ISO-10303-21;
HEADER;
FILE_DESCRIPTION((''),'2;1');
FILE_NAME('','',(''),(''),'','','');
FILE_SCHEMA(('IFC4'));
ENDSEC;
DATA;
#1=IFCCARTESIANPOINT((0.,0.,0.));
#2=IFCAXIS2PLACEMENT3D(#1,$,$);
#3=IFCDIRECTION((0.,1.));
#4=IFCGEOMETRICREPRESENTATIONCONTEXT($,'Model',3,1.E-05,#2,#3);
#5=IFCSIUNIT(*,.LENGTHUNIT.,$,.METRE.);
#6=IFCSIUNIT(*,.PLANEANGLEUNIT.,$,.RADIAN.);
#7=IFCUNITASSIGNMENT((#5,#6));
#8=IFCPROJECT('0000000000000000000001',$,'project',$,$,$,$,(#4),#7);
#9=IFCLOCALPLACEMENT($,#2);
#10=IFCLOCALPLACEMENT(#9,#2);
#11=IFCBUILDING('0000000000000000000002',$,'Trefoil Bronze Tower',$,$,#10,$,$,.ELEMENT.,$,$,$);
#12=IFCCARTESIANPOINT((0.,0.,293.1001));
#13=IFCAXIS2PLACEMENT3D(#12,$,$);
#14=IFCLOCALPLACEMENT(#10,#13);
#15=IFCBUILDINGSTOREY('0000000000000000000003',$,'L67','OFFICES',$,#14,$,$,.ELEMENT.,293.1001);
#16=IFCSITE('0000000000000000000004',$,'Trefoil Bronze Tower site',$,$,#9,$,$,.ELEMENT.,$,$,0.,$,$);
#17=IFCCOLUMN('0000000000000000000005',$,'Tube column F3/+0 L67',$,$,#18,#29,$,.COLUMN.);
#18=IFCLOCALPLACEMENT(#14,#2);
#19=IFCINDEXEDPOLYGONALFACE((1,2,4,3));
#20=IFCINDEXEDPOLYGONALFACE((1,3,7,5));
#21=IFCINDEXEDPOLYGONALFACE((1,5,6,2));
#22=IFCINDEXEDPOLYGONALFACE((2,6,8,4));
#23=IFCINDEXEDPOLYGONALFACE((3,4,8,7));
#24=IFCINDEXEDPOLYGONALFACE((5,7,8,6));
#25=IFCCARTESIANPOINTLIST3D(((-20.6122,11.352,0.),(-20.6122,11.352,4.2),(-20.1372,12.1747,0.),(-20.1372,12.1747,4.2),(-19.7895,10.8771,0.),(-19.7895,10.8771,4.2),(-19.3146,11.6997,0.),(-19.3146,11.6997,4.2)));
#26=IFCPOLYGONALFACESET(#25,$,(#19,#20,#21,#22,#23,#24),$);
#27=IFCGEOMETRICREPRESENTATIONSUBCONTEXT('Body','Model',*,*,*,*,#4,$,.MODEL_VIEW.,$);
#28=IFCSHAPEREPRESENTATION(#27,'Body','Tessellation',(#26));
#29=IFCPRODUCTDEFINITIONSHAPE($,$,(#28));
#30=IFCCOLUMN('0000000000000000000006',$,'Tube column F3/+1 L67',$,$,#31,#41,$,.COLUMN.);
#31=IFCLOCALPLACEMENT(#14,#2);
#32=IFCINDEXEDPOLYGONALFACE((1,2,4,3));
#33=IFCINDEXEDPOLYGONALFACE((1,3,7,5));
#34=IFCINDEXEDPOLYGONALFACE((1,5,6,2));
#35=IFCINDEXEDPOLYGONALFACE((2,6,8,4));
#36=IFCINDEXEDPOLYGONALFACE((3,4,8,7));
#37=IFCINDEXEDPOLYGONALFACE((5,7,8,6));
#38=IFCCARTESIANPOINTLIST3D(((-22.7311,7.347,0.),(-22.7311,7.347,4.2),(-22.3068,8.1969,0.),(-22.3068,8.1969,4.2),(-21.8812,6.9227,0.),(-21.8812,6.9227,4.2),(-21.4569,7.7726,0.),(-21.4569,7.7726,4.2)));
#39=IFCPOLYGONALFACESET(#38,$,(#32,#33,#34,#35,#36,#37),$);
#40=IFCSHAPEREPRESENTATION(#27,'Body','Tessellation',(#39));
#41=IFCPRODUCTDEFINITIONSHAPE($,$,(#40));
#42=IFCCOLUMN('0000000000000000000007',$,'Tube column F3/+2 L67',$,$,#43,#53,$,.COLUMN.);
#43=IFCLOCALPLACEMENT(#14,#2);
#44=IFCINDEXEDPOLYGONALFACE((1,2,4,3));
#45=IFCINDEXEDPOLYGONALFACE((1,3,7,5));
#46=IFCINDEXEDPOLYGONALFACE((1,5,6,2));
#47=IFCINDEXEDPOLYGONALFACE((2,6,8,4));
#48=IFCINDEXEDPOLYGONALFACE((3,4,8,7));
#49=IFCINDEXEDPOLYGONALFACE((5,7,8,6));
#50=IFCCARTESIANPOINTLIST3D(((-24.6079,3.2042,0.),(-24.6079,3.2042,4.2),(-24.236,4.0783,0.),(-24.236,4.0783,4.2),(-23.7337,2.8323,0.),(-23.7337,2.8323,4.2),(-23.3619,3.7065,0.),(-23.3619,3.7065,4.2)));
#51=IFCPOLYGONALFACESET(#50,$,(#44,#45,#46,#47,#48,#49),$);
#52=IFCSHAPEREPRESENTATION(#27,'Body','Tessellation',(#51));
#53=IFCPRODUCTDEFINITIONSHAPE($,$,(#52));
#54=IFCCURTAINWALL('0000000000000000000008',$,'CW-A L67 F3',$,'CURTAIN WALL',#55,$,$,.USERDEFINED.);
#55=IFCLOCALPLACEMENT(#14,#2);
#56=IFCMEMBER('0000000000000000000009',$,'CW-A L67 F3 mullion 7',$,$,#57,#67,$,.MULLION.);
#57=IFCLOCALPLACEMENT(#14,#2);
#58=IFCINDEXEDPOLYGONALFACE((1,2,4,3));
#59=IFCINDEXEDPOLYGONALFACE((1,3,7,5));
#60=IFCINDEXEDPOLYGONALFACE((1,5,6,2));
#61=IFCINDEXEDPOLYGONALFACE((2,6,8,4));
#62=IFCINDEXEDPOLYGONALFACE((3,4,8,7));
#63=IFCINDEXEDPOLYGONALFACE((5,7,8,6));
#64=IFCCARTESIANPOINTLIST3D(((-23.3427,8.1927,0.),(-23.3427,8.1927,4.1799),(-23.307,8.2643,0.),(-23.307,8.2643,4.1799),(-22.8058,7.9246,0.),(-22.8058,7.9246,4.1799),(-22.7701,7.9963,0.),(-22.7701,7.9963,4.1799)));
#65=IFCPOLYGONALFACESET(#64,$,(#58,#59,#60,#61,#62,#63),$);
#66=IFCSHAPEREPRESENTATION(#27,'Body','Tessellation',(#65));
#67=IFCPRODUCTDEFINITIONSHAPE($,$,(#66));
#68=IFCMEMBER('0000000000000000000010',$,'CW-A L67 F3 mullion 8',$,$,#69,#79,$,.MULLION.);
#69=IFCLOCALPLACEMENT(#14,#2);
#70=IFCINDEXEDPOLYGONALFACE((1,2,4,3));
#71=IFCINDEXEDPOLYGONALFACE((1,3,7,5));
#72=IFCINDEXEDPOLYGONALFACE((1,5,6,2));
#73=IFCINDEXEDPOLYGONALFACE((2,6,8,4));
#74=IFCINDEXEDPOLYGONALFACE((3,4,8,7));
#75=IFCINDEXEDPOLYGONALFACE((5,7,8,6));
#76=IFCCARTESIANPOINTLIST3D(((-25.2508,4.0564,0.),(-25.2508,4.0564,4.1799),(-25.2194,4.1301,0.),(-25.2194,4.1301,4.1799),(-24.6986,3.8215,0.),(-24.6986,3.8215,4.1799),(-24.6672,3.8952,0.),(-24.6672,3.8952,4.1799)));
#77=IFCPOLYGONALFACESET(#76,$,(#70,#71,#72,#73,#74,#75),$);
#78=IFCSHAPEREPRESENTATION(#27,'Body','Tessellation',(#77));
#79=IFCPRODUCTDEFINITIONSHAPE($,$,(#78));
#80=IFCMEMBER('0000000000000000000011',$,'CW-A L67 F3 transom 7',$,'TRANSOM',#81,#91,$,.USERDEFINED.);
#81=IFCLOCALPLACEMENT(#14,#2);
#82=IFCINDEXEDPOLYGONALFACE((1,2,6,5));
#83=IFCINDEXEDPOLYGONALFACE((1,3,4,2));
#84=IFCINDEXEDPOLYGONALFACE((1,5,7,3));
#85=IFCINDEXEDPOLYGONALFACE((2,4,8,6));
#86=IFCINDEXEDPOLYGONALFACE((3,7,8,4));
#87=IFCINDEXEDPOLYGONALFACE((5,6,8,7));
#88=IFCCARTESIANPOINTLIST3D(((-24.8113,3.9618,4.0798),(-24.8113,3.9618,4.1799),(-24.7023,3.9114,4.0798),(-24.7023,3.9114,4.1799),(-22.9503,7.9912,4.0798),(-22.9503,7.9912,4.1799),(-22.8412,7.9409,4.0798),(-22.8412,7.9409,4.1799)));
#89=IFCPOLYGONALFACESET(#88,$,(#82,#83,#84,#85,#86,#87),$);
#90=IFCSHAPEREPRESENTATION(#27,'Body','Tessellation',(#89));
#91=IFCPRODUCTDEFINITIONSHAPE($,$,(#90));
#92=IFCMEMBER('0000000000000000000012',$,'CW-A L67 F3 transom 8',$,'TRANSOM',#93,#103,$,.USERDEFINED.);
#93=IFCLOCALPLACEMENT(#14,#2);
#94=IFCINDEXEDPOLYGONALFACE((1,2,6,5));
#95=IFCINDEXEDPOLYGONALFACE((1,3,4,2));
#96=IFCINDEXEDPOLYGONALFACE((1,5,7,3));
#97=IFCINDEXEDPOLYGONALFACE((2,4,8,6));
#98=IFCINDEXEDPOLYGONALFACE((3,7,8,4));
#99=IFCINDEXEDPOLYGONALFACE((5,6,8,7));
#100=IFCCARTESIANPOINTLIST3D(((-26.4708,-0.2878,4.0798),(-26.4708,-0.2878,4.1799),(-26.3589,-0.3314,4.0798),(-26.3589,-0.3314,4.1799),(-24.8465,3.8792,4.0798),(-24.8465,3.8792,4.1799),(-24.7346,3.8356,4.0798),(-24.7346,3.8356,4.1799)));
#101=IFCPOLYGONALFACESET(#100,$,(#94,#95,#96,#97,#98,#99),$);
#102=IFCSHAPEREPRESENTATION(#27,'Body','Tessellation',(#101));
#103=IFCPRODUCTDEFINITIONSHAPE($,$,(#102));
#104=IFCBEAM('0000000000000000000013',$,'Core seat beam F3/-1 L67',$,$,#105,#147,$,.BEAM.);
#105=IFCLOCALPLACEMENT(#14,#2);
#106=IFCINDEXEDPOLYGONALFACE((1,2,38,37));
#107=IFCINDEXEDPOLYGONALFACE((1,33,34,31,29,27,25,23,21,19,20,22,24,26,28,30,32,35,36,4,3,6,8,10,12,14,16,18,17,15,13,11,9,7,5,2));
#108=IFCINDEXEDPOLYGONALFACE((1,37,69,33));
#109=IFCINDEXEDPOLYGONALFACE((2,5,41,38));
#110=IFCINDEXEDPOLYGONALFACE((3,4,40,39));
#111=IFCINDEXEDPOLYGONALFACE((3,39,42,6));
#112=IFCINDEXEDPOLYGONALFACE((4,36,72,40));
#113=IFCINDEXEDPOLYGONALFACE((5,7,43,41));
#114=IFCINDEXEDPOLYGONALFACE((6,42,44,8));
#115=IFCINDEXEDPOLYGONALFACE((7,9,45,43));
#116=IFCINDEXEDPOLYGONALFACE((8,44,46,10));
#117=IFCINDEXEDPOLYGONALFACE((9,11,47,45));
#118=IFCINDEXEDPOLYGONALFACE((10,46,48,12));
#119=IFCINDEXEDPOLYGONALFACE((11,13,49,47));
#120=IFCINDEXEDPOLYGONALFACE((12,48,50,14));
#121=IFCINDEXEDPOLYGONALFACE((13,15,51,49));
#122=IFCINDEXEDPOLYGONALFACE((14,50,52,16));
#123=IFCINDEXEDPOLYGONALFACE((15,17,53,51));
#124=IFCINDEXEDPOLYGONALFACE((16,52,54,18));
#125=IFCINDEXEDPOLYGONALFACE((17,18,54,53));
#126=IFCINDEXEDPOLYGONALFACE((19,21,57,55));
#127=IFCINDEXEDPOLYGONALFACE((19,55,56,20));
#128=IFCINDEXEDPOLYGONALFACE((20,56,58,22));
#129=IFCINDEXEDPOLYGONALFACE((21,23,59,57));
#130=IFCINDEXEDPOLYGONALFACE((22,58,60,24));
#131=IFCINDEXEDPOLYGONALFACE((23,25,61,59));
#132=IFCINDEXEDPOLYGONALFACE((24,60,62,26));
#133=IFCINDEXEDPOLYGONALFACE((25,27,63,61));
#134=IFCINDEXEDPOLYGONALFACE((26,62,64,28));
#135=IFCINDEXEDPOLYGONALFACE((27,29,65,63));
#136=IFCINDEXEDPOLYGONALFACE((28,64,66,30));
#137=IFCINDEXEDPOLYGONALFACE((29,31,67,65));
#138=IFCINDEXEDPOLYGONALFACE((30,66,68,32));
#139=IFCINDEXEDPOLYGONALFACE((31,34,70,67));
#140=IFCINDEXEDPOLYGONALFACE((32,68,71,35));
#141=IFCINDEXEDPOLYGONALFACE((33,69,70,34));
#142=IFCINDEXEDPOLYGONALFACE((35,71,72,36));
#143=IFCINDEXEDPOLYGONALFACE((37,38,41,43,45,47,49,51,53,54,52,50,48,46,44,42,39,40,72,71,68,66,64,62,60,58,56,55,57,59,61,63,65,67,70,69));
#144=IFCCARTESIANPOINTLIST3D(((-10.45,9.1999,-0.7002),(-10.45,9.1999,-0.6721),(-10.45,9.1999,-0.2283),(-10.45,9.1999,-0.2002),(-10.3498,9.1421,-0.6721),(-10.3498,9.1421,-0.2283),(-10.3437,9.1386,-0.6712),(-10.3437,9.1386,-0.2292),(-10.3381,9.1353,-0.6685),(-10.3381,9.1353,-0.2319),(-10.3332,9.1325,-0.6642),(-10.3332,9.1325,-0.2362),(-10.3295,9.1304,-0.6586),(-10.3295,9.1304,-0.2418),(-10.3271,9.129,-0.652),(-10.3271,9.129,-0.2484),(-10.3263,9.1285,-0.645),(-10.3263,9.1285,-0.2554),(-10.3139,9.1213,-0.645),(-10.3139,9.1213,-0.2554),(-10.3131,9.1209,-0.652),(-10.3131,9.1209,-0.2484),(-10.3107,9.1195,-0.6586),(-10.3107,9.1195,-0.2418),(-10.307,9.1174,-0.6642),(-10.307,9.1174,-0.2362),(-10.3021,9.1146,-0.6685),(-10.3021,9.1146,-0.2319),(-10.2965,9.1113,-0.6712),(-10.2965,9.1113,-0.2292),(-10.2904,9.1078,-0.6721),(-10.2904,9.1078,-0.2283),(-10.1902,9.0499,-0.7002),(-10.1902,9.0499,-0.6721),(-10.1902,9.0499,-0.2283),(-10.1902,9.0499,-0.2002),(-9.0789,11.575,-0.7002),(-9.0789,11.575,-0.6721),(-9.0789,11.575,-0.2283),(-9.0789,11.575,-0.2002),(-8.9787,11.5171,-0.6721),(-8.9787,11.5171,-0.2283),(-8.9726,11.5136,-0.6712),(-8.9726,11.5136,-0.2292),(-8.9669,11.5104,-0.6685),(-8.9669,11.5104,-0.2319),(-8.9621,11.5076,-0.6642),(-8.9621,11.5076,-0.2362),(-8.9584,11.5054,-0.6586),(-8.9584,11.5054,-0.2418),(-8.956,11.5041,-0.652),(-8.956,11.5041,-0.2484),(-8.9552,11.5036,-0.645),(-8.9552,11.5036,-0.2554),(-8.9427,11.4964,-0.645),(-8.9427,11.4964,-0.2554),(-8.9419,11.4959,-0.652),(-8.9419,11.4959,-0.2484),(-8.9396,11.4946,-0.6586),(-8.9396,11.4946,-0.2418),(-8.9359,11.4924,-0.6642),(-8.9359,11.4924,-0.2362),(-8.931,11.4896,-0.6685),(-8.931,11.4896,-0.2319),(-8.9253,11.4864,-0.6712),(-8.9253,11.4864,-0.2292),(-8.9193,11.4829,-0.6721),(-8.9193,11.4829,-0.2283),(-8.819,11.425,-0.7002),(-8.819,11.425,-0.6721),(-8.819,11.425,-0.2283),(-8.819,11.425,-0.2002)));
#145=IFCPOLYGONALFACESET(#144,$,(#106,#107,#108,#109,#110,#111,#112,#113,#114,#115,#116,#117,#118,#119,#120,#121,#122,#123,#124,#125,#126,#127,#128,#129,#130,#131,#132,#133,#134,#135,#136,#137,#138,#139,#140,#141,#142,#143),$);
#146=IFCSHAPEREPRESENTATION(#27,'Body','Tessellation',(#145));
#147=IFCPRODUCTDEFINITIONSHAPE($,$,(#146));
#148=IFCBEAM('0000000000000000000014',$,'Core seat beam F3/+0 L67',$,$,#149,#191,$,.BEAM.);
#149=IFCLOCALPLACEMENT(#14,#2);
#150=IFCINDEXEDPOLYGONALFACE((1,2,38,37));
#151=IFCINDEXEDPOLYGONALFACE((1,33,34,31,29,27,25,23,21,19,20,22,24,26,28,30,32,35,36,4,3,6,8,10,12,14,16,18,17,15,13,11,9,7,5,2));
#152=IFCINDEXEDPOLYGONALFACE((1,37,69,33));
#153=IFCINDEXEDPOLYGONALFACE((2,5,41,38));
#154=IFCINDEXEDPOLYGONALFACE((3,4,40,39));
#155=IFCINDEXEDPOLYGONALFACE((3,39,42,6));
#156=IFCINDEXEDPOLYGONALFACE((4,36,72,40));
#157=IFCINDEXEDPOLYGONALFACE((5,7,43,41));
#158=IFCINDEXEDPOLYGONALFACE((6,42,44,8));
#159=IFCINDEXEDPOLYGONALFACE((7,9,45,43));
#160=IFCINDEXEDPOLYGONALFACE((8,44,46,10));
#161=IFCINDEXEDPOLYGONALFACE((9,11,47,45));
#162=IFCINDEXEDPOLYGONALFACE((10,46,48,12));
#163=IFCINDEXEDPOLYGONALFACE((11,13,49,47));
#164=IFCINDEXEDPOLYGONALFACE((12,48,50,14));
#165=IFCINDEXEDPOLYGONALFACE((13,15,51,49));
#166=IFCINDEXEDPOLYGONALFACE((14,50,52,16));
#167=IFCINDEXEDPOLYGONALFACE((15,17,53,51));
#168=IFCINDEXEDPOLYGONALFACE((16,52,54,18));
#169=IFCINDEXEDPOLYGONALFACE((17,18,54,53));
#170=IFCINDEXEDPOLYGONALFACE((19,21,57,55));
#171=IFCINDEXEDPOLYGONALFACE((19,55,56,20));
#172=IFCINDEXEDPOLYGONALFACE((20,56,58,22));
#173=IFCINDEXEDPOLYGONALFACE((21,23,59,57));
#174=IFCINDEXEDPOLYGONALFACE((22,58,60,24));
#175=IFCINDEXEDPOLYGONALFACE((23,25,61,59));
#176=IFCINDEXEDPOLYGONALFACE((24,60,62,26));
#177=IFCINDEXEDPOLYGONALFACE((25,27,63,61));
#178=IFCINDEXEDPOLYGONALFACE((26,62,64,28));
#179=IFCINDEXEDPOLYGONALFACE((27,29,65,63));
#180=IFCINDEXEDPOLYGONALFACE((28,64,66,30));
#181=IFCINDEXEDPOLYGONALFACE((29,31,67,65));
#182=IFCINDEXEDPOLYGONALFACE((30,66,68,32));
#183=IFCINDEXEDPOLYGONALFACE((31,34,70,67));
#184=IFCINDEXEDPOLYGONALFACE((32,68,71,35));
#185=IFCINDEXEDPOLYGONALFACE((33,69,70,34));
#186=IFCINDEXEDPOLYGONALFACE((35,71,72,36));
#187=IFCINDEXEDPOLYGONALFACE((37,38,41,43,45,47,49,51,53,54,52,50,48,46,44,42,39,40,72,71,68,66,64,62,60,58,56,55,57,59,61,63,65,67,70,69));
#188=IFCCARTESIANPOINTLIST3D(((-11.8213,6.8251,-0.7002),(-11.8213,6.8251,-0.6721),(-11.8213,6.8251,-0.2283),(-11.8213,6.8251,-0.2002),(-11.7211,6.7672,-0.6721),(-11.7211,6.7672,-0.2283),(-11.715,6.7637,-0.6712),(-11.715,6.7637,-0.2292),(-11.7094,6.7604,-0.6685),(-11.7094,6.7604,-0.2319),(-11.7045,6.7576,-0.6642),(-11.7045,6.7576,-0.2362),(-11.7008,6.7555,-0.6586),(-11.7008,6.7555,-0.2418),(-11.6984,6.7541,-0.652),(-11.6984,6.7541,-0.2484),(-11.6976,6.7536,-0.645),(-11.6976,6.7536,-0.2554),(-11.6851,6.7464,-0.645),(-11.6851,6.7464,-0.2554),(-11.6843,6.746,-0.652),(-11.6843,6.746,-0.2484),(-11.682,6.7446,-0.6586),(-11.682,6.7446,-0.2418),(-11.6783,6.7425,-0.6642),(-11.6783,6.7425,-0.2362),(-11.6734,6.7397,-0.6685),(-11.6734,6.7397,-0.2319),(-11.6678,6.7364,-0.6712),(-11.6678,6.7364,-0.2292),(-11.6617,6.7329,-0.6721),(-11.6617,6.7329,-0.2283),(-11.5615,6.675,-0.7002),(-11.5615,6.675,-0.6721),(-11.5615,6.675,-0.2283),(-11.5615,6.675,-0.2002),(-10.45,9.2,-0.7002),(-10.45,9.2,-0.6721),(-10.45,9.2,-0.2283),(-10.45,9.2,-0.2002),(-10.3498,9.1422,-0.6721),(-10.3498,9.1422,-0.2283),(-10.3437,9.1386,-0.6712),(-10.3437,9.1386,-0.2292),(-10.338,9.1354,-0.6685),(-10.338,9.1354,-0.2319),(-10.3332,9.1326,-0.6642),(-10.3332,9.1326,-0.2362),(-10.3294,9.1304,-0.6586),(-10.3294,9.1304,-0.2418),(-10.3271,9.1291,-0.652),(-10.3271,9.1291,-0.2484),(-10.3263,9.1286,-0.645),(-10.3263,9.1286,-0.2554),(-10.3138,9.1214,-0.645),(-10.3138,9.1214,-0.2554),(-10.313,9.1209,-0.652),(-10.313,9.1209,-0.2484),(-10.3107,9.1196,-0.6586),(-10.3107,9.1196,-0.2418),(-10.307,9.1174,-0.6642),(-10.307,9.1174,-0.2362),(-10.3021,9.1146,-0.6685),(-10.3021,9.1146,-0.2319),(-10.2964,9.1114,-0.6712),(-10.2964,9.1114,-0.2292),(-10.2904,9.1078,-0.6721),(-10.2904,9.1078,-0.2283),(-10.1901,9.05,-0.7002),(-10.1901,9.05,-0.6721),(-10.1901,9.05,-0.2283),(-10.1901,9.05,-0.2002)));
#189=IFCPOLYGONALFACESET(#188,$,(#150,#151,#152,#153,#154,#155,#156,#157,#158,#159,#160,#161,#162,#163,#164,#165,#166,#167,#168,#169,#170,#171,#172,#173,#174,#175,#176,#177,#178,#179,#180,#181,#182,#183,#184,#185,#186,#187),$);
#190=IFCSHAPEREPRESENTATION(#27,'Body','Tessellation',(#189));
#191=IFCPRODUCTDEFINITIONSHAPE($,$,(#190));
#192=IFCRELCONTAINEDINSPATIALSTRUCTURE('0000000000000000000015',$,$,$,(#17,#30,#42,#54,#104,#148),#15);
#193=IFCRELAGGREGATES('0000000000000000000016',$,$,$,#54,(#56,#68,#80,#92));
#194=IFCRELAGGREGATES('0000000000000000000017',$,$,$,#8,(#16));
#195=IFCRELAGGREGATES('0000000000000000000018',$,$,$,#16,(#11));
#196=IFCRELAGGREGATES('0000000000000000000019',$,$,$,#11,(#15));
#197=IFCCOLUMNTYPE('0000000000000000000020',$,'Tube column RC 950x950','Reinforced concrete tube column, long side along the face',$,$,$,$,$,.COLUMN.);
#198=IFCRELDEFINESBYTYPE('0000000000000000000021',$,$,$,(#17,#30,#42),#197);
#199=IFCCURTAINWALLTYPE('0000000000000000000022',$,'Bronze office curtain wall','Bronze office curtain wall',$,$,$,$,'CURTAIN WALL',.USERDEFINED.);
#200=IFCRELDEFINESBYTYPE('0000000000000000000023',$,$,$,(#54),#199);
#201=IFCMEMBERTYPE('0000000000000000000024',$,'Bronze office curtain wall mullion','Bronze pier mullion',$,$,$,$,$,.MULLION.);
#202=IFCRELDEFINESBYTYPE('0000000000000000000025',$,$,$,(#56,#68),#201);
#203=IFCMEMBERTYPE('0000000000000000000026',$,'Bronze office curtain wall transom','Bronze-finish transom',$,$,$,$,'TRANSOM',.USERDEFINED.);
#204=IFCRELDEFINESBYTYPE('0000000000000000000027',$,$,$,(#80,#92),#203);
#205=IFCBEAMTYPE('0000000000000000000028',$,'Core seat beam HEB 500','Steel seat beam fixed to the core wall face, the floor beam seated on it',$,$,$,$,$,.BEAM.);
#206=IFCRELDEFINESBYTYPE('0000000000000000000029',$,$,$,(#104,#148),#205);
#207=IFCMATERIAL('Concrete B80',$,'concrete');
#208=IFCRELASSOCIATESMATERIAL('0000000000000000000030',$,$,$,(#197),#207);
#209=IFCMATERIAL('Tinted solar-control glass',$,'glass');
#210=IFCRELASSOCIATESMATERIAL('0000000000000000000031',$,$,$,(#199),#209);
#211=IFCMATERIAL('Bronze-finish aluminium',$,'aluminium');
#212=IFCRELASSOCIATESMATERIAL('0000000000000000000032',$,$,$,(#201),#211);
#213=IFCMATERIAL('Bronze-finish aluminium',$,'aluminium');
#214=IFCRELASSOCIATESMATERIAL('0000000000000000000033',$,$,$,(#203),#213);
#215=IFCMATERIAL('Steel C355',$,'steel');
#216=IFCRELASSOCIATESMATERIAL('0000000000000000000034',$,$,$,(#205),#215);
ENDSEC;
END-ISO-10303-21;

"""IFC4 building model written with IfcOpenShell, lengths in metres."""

from ifc_helpers import new_model, si_unit, direction, frame, origin, origin_2d, place, context, subcontext, project, spatial, rectangle, i_section, extrude, material, material_profile, profile_set, type_object, element, aggregate, save


model = new_model("IFC4")

# Units and contexts
model_context = context("Model", 3, precision=1e-05, world=origin(), true_north=direction((0.0, 1.0)))
body_context = subcontext(model_context, "Body", "Model", "MODEL_VIEW")
ifc_project = project(units=[si_unit("LENGTHUNIT", "METRE"), si_unit("PLANEANGLEUNIT", "RADIAN")], contexts=[model_context])

# Site, building, storey
site_placement = place(None, origin())
site = spatial("IfcSite", under=ifc_project, at=site_placement, Name="Trefoil Bronze Tower site", CompositionType="ELEMENT", RefElevation=0.0)
building_placement = place(site_placement, origin())
building = spatial("IfcBuilding", under=site, at=building_placement, Name="Trefoil Bronze Tower", CompositionType="ELEMENT")
storey_placement = place(building_placement, frame((0.0, 0.0, 293.1001)))
storey = spatial("IfcBuildingStorey", under=building, at=storey_placement, Name="L67", Description="OFFICES", CompositionType="ELEMENT", Elevation=293.1001)

# Columns
ifc_material_1 = material(Name="Concrete B80", Category="concrete")
ifc_material_profile_1 = material_profile(ifc_material_1, rectangle(XDim=0.95, YDim=0.95, at=origin_2d()), Name="RC 950x950")
ifc_profile_set_1 = profile_set([ifc_material_profile_1], Name="Concrete B80")
column_type = type_object("IfcColumnType", Name="Tube column RC 950x950", Description="Reinforced concrete tube column, long side along the face", PredefinedType="COLUMN", material=ifc_profile_set_1)
for number, where, z_axis, x_axis, name in (
    (1, (-19.9634, 11.5259, 0.0), (0.0, 0.0, 1.0), (-0.5, -0.866025, 0.0), "Tube column F3/+0 L67"),
    (2, (-22.094, 7.5598, 0.0), (0.0, 0.0, 1.0), (-0.446641, -0.894713, 0.0), "Tube column F3/+1 L67"),
    (3, (-23.9849, 3.4553, 0.0), (0.0, 0.0, 1.0), (-0.391436, -0.920205, 0.0), "Tube column F3/+2 L67"),
):
    element("IfcColumn", number, at=place(storey_placement, frame(where, z_axis=z_axis, x_axis=x_axis)), inside=storey, type_object=column_type, Name=name, PredefinedType="COLUMN", context=body_context, shape_type="SweptSolid", body=[
        extrude(rectangle(XDim=0.95, YDim=0.95, at=origin_2d()), origin(), (0.0, 0.0, 1.0), 4.2),
    ])

# Curtain wall, members
ifc_material_2 = material(Name="Tinted solar-control glass", Category="glass")
curtain_wall_type = type_object("IfcCurtainWallType", Name="Bronze office curtain wall", Description="Bronze office curtain wall", ElementType="CURTAIN WALL", PredefinedType="USERDEFINED", material=ifc_material_2)
curtain_wall_placement = place(storey_placement, origin())
curtain_wall = element("IfcCurtainWall", 4, at=curtain_wall_placement, inside=storey, type_object=curtain_wall_type, Name="CW-A L67 F3", ObjectType="CURTAIN WALL", PredefinedType="USERDEFINED")
ifc_material_3 = material(Name="Bronze-finish aluminium", Category="aluminium")
ifc_material_profile_2 = material_profile(ifc_material_3, rectangle(XDim=0.6001, YDim=0.0801, at=origin_2d()), Name="CW-A mullion")
ifc_profile_set_2 = profile_set([ifc_material_profile_2], Name="Bronze-finish aluminium")
member_type_1 = type_object("IfcMemberType", Name="Bronze office curtain wall mullion", Description="Bronze pier mullion", PredefinedType="MULLION", material=ifc_profile_set_2)
member_1_placement = place(storey_placement, frame((-23.0564, 8.0945, 0.0), z_axis=(0.0, 0.0, 1.0), x_axis=(0.894713, -0.446641, 0.0)))
member_1 = element("IfcMember", 5, at=member_1_placement, type_object=member_type_1, Name="CW-A L67 F3 mullion 7", PredefinedType="MULLION", context=body_context, shape_type="SweptSolid", body=[
    extrude(rectangle(XDim=0.6001, YDim=0.0801, at=origin_2d()), origin(), (0.0, 0.0, 1.0), 4.1799),
])
member_2_placement = place(storey_placement, frame((-24.959, 3.9758, 0.0), z_axis=(0.0, 0.0, 1.0), x_axis=(0.920205, -0.391436, 0.0)))
member_2 = element("IfcMember", 6, at=member_2_placement, type_object=member_type_1, Name="CW-A L67 F3 mullion 8", PredefinedType="MULLION", context=body_context, shape_type="SweptSolid", body=[
    extrude(rectangle(XDim=0.6001, YDim=0.0801, at=origin_2d()), origin(), (0.0, 0.0, 1.0), 4.1799),
])
ifc_material_4 = material(Name="Bronze-finish aluminium", Category="aluminium")
ifc_material_profile_3 = material_profile(ifc_material_4, rectangle(XDim=0.1201, YDim=0.1001, at=origin_2d()), Name="CW-A transom")
ifc_profile_set_3 = profile_set([ifc_material_profile_3], Name="Bronze-finish aluminium")
member_type_2 = type_object("IfcMemberType", Name="Bronze office curtain wall transom", Description="Bronze-finish transom", ElementType="TRANSOM", PredefinedType="USERDEFINED", material=ifc_profile_set_3)
member_3_placement = place(storey_placement, frame((-22.8958, 7.9661, 4.1299), z_axis=(-0.419299, -0.907848, 0.0), x_axis=(0.907848, -0.419299, 0.0)))
member_3 = element("IfcMember", 7, at=member_3_placement, type_object=member_type_2, Name="CW-A L67 F3 transom 7", ObjectType="TRANSOM", PredefinedType="USERDEFINED", context=body_context, shape_type="SweptSolid", body=[
    extrude(rectangle(XDim=0.1201, YDim=0.1001, at=origin_2d()), origin(), (0.0, 0.0, 1.0), 4.4385),
])
member_4_placement = place(storey_placement, frame((-24.7905, 3.8574, 4.1299), z_axis=(-0.363178, -0.93172, 0.0), x_axis=(0.93172, -0.363178, 0.0)))
member_4 = element("IfcMember", 8, at=member_4_placement, type_object=member_type_2, Name="CW-A L67 F3 transom 8", ObjectType="TRANSOM", PredefinedType="USERDEFINED", context=body_context, shape_type="SweptSolid", body=[
    extrude(rectangle(XDim=0.1201, YDim=0.1001, at=origin_2d()), origin(), (0.0, 0.0, 1.0), 4.4724),
])

# Beams
ifc_material_5 = material(Name="Steel C355", Category="steel")
ifc_material_profile_4 = material_profile(ifc_material_5, i_section(OverallWidth=0.3, OverallDepth=0.5, WebThickness=0.0144, FlangeThickness=0.0281, FilletRadius=0.0271, at=origin_2d()), Name="HEB 500")
ifc_profile_set_4 = profile_set([ifc_material_profile_4], Name="Steel C355")
beam_type_1 = type_object("IfcBeamType", Name="Core seat beam HEB 500", Description="Steel seat beam fixed to the core wall face, the floor beam seated on it", PredefinedType="BEAM", material=ifc_profile_set_4)
for number, where, z_axis, x_axis, name in (
    (9, (-8.949, 11.5, -0.4502), (-0.499969, -0.866043, 0.0), (0.866043, -0.499969, 0.0), "Core seat beam F3/-1 L67"),
    (10, (-10.3201, 9.125, -0.4502), (-0.500036, -0.866005, 0.0), (0.866005, -0.500036, 0.0), "Core seat beam F3/+0 L67"),
):
    element("IfcBeam", number, at=place(storey_placement, frame(where, z_axis=z_axis, x_axis=x_axis)), inside=storey, type_object=beam_type_1, Name=name, PredefinedType="BEAM", context=body_context, shape_type="SweptSolid", body=[
        extrude(i_section(OverallWidth=0.3, OverallDepth=0.5, WebThickness=0.0144, FlangeThickness=0.0281, FilletRadius=0.0271, at=origin_2d()), origin(), (0.0, 0.0, 1.0), 2.7424),
    ])

aggregate(curtain_wall, [member_1, member_2, member_3, member_4])

save(model, "model.ifc")
